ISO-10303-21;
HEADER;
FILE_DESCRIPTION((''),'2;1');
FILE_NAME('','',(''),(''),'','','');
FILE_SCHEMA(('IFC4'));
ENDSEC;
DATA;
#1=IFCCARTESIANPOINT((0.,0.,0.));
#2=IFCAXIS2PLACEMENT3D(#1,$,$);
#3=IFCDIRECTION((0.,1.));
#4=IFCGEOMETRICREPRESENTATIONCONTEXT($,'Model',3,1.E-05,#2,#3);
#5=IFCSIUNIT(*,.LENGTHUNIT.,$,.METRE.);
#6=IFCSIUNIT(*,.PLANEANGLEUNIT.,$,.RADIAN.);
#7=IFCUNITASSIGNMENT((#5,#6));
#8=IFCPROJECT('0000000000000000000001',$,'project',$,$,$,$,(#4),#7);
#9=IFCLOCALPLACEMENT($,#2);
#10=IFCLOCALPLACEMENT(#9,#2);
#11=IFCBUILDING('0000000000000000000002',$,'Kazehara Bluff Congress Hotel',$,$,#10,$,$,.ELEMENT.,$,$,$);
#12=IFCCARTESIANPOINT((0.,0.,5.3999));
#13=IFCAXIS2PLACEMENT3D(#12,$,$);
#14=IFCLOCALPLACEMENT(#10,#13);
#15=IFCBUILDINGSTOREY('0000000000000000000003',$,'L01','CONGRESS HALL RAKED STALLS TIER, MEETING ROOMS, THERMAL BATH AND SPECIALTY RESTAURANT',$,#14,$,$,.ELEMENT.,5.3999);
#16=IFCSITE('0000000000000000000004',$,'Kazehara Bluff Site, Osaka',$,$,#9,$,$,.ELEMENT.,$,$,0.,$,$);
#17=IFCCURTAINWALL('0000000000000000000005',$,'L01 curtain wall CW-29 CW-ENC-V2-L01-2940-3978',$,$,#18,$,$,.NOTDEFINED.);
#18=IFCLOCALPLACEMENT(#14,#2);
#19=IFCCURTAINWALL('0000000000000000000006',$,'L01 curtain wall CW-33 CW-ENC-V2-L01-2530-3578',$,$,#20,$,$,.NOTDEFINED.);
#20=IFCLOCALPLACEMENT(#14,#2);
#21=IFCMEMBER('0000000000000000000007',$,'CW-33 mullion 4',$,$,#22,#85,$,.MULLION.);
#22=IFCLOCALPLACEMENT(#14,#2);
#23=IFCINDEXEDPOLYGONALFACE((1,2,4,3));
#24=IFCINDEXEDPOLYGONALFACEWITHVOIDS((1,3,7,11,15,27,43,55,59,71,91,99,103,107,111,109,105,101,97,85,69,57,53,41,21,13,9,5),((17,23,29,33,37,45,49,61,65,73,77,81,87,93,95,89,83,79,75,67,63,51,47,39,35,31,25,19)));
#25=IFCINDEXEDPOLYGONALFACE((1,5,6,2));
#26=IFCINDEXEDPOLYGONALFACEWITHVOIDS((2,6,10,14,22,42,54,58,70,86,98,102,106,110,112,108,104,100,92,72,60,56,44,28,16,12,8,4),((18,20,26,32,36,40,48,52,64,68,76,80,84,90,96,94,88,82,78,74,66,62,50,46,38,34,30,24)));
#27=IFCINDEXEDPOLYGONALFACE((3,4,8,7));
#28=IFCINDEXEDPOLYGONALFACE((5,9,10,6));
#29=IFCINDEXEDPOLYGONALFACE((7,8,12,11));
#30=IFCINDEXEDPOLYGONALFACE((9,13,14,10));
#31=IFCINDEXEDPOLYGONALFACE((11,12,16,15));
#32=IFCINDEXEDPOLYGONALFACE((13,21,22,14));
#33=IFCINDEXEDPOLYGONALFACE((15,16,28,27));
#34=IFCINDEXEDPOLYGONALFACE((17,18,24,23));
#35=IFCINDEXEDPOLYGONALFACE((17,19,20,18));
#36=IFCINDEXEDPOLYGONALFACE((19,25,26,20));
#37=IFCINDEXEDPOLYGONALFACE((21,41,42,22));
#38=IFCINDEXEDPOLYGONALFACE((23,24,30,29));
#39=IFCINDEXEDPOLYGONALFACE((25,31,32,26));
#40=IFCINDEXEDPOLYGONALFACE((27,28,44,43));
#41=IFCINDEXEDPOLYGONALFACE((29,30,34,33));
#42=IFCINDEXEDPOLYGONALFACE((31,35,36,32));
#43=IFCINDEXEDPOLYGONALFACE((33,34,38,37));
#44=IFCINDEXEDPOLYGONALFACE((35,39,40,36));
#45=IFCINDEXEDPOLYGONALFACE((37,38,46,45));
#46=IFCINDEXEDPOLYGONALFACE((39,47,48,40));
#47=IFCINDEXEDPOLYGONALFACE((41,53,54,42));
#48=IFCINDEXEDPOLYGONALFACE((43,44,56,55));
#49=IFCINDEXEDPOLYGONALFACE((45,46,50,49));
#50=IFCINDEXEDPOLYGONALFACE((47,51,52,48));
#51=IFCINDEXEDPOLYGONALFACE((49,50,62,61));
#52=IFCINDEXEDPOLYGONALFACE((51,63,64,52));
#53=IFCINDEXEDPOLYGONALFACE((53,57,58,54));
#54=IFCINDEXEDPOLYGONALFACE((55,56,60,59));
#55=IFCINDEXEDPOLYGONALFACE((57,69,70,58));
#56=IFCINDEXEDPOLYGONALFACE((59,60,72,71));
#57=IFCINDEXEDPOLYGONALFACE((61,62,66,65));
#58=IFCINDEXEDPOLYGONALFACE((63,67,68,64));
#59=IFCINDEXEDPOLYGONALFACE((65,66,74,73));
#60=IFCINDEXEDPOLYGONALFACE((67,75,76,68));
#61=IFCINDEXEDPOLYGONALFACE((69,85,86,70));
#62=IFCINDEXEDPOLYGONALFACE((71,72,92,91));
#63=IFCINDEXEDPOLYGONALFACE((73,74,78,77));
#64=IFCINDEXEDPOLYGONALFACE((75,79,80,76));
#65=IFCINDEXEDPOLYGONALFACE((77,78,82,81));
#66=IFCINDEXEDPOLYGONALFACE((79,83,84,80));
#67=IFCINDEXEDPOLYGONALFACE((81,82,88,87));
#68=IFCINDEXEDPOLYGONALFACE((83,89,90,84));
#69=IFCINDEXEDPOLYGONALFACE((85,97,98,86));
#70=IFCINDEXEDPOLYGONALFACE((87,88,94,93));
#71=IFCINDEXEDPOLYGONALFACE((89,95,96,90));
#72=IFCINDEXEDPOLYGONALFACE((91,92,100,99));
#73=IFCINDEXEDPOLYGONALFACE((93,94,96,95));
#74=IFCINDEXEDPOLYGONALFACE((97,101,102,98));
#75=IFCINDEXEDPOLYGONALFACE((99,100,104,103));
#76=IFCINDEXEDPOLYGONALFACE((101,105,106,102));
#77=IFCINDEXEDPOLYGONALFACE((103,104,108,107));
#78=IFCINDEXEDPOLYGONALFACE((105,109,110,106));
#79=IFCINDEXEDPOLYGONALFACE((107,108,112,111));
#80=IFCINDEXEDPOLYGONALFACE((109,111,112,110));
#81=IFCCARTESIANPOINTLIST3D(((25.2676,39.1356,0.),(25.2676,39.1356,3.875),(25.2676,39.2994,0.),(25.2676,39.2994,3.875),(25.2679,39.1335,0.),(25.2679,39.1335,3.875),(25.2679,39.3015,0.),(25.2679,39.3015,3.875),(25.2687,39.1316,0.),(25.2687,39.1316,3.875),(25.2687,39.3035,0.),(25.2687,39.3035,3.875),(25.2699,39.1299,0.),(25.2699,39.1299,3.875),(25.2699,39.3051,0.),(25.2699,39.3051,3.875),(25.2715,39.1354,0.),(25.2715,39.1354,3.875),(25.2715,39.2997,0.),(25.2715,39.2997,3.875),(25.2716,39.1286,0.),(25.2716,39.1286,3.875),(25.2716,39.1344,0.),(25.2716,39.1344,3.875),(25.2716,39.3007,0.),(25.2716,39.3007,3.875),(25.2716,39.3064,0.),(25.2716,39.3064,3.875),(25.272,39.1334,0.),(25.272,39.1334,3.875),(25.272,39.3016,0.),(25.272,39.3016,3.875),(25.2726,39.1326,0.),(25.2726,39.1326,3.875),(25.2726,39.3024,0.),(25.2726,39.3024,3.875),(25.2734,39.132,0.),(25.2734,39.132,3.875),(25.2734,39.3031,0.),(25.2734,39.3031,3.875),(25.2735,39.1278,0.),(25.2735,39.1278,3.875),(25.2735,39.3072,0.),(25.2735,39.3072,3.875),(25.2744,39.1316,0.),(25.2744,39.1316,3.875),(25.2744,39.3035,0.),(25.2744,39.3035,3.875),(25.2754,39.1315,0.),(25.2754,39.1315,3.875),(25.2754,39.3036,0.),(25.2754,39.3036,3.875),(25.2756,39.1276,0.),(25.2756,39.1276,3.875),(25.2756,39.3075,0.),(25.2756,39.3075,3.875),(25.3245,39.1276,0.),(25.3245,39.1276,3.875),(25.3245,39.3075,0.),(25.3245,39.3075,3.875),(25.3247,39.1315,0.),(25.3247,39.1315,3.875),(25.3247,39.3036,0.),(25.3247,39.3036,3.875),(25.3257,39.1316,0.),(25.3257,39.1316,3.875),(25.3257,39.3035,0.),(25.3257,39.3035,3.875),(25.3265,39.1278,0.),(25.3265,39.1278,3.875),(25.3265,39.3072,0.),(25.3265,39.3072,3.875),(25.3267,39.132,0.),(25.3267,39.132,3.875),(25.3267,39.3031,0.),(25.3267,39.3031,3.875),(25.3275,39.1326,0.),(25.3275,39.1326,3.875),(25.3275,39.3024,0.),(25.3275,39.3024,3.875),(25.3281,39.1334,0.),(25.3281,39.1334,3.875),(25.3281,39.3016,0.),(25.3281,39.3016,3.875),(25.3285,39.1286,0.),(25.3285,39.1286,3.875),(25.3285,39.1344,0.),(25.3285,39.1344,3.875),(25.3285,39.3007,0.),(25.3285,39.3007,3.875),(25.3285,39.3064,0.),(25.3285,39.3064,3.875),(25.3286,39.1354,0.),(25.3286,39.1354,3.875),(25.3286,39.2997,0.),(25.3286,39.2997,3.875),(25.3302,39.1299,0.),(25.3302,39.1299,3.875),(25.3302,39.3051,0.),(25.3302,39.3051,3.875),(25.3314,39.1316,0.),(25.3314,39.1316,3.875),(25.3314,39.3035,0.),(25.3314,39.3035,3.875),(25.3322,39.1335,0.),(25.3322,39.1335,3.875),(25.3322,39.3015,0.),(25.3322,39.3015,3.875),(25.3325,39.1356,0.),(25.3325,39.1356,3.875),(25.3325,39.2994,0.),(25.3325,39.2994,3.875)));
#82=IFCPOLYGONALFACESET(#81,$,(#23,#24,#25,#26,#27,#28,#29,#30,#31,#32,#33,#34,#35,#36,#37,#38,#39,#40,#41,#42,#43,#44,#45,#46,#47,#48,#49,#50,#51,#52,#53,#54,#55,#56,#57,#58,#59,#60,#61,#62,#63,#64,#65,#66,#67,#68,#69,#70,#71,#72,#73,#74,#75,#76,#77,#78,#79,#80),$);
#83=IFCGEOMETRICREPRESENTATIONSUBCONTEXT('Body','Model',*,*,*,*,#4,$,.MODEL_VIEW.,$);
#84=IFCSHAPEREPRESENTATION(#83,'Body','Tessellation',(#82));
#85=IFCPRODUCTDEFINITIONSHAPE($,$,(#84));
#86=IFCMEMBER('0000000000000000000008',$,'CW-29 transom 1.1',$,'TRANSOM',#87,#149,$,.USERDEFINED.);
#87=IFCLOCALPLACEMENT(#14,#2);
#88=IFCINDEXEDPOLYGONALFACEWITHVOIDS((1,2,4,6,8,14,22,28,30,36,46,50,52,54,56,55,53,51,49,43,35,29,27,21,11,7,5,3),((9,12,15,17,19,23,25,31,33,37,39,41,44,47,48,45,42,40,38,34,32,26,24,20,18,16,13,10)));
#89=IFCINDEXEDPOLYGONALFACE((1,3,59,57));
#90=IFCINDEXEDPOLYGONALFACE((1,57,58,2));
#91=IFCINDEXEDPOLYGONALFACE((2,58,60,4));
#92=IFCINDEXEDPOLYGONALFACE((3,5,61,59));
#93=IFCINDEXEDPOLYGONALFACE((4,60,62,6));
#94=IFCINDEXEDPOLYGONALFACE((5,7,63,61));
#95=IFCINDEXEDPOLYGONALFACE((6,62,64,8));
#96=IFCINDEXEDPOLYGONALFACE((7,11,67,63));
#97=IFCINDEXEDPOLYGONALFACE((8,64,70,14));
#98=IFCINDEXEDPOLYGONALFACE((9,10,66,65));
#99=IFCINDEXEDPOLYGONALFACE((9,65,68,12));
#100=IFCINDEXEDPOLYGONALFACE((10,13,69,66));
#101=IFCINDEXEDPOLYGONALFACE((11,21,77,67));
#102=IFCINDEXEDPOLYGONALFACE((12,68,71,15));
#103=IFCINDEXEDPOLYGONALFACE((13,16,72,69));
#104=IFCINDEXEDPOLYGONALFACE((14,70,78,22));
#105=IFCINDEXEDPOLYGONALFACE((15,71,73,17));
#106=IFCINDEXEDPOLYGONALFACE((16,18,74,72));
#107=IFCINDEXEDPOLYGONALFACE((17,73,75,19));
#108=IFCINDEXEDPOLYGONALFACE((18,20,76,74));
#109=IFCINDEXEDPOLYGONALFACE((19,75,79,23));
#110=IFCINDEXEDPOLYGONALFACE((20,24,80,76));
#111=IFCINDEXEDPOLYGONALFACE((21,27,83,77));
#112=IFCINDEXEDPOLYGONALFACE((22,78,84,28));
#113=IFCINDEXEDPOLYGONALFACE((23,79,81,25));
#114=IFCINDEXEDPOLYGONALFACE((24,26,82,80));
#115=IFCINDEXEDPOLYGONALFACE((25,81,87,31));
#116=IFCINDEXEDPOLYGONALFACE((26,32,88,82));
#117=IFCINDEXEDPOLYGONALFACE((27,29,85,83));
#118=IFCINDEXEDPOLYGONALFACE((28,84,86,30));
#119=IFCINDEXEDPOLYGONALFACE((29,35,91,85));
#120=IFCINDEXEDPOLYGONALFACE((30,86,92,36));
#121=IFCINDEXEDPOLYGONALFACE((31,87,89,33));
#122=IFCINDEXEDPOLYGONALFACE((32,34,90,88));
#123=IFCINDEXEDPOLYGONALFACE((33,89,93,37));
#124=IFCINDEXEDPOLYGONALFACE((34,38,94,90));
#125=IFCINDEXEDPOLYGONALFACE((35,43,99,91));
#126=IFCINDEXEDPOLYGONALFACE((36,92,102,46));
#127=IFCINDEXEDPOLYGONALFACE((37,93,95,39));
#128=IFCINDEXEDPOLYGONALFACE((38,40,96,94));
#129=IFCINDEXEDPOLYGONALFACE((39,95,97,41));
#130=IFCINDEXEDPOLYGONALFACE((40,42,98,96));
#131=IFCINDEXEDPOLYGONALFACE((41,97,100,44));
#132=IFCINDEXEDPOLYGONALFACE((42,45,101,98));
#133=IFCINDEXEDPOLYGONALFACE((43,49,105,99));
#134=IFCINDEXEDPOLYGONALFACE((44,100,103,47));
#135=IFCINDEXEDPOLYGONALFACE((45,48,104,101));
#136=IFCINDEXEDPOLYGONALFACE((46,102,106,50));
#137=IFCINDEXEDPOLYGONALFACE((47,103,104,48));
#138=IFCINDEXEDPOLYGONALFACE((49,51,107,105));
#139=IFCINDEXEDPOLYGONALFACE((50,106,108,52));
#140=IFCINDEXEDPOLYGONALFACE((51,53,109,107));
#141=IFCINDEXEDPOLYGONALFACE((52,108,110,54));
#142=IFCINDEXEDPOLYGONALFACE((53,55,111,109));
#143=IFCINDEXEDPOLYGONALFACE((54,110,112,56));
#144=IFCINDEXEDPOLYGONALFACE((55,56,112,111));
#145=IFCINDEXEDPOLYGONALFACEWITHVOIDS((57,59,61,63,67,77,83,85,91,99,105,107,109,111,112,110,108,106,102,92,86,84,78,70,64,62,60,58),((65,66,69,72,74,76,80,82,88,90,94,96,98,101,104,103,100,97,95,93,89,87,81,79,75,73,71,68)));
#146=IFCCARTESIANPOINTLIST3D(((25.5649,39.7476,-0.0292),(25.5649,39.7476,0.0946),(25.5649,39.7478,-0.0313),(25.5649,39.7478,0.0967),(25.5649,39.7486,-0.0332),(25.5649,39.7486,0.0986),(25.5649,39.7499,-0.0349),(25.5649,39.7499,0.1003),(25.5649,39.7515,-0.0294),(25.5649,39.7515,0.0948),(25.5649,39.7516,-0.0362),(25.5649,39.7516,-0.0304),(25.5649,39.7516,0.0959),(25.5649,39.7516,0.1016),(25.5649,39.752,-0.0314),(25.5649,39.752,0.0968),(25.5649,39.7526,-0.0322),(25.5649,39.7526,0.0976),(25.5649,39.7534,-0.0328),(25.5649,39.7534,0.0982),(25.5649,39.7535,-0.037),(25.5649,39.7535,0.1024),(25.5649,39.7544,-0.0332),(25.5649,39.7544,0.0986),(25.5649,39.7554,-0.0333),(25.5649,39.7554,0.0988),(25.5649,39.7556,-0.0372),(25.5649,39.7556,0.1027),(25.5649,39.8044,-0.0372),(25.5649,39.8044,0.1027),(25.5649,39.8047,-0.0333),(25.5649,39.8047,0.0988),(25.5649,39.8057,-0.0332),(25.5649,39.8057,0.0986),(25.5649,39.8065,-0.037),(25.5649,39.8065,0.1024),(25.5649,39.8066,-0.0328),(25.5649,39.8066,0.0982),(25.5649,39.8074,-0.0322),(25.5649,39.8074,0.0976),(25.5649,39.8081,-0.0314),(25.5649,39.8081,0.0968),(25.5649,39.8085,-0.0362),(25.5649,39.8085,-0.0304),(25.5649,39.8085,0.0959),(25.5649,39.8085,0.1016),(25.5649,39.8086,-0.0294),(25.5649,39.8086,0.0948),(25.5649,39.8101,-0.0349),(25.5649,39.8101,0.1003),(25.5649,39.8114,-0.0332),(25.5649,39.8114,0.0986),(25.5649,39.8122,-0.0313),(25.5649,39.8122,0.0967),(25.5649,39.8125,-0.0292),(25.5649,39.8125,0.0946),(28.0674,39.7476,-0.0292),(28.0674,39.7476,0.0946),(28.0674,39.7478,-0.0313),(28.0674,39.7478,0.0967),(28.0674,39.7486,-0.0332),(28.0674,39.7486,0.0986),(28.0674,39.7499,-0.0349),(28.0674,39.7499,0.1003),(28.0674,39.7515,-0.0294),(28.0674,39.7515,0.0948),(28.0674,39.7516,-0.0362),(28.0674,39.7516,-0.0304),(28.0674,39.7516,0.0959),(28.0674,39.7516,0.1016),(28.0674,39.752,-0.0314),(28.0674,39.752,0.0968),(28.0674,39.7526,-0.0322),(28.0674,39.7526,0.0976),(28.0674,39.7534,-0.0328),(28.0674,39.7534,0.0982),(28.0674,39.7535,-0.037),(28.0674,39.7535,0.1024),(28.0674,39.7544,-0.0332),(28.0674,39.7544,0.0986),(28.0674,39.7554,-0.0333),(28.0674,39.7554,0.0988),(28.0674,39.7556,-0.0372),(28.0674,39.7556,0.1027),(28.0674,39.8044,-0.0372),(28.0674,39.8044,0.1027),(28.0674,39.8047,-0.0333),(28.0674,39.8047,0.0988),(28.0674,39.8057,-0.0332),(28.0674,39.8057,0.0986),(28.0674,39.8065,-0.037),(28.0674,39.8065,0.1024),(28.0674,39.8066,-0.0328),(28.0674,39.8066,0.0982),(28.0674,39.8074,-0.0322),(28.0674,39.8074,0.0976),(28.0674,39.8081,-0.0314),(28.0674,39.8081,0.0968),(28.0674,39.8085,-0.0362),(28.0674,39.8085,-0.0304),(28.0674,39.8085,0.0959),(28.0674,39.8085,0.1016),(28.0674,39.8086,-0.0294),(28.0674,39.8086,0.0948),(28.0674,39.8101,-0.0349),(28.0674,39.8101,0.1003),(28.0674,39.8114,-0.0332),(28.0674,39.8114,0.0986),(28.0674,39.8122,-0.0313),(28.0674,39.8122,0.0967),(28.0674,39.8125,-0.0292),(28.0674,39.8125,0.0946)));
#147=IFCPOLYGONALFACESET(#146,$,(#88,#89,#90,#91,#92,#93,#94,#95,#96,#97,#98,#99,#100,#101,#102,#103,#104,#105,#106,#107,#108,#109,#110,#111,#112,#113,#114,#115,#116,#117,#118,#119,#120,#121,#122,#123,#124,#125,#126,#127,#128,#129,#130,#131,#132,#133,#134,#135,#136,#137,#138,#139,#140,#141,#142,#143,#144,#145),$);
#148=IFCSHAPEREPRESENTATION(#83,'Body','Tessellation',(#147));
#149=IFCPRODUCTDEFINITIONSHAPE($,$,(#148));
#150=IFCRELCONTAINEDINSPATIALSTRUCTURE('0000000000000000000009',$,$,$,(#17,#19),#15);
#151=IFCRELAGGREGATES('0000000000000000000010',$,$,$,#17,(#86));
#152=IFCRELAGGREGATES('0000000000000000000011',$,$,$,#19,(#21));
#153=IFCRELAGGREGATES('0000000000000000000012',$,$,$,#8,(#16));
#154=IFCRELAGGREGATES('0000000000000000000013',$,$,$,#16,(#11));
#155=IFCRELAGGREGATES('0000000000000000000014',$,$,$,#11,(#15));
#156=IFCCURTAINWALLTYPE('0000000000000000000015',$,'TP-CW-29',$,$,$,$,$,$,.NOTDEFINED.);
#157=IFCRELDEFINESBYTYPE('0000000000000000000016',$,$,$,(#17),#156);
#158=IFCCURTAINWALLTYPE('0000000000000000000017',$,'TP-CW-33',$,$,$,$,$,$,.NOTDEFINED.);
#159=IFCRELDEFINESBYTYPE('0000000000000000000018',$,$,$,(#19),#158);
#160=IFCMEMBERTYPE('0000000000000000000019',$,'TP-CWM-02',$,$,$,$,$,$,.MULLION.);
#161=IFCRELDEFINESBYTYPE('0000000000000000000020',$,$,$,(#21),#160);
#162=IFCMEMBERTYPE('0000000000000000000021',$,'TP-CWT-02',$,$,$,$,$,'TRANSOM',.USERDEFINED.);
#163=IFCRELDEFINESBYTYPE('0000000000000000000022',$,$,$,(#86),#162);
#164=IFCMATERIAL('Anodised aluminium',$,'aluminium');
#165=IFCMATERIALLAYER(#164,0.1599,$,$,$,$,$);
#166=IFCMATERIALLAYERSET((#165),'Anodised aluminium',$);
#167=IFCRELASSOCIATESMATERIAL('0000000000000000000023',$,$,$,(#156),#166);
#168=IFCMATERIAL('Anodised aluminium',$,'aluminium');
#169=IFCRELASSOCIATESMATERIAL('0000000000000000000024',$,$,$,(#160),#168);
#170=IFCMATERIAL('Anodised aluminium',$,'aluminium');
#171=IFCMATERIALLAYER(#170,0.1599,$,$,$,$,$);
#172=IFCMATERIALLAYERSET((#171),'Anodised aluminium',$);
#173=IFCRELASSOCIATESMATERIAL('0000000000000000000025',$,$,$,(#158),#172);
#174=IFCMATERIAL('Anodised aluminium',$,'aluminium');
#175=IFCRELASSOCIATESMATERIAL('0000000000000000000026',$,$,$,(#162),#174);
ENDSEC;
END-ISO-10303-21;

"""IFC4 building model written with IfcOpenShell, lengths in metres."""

from ifc_helpers import new_model, si_unit, direction, frame, origin, origin_2d, place, context, subcontext, project, spatial, hollow_rectangle, extrude, material, layer, layer_set, material_profile, profile_set, type_object, element, aggregate, save


model = new_model("IFC4")

# Units and contexts
model_context = context("Model", 3, precision=1e-05, world=origin(), true_north=direction((0.0, 1.0)))
body_context = subcontext(model_context, "Body", "Model", "MODEL_VIEW")
ifc_project = project(units=[si_unit("LENGTHUNIT", "METRE"), si_unit("PLANEANGLEUNIT", "RADIAN")], contexts=[model_context])

# Site, building, storey
site_placement = place(None, origin())
site = spatial("IfcSite", under=ifc_project, at=site_placement, Name="Kazehara Bluff Site, Osaka", CompositionType="ELEMENT", RefElevation=0.0)
building_placement = place(site_placement, origin())
building = spatial("IfcBuilding", under=site, at=building_placement, Name="Kazehara Bluff Congress Hotel", CompositionType="ELEMENT")
storey_placement = place(building_placement, frame((0.0, 0.0, 5.3999)))
storey = spatial("IfcBuildingStorey", under=building, at=storey_placement, Name="L01", Description="CONGRESS HALL RAKED STALLS TIER, MEETING ROOMS, THERMAL BATH AND SPECIALTY RESTAURANT", CompositionType="ELEMENT", Elevation=5.3999)

# Curtain wall
ifc_material_1 = material(Name="Anodised aluminium", Category="aluminium")
ifc_layer_1 = layer(ifc_material_1, 0.1599)
ifc_layer_set_1 = layer_set([ifc_layer_1], Name="Anodised aluminium")
curtain_wall_type_1 = type_object("IfcCurtainWallType", Name="TP-CW-29", PredefinedType="NOTDEFINED", material=ifc_layer_set_1)
curtain_wall_1_placement = place(storey_placement, origin())
curtain_wall_1 = element("IfcCurtainWall", 1, at=curtain_wall_1_placement, inside=storey, type_object=curtain_wall_type_1, Name="L01 curtain wall CW-29 CW-ENC-V2-L01-2940-3978", PredefinedType="NOTDEFINED")
ifc_material_2 = material(Name="Anodised aluminium", Category="aluminium")
ifc_material_profile_1 = material_profile(ifc_material_2, hollow_rectangle(XDim=0.0649, YDim=0.1799, WallThickness=0.0039, InnerFilletRadius=0.0039, OuterFilletRadius=0.0081, at=origin_2d()))
ifc_profile_set_1 = profile_set([ifc_material_profile_1], Name="Anodised aluminium")
member_type_1 = type_object("IfcMemberType", Name="TP-CWM-02", PredefinedType="MULLION", material=ifc_profile_set_1)

# Curtain wall, member
ifc_material_3 = material(Name="Anodised aluminium", Category="aluminium")
ifc_layer_2 = layer(ifc_material_3, 0.1599)
ifc_layer_set_2 = layer_set([ifc_layer_2], Name="Anodised aluminium")
curtain_wall_type_2 = type_object("IfcCurtainWallType", Name="TP-CW-33", PredefinedType="NOTDEFINED", material=ifc_layer_set_2)
curtain_wall_2_placement = place(storey_placement, origin())
curtain_wall_2 = element("IfcCurtainWall", 2, at=curtain_wall_2_placement, inside=storey, type_object=curtain_wall_type_2, Name="L01 curtain wall CW-33 CW-ENC-V2-L01-2530-3578", PredefinedType="NOTDEFINED")
member_1_placement = place(storey_placement, frame((25.3, 39.2175, 0.0), z_axis=(0.0, 0.0, 1.0), x_axis=(-1.0, 0.0, 0.0)))
member_1 = element("IfcMember", 3, at=member_1_placement, type_object=member_type_1, Name="CW-33 mullion 4", PredefinedType="MULLION", context=body_context, shape_type="SweptSolid", body=[
    extrude(hollow_rectangle(XDim=0.0649, YDim=0.1799, WallThickness=0.0039, InnerFilletRadius=0.0039, OuterFilletRadius=0.0081, at=origin_2d()), origin(), (0.0, 0.0, 1.0), 3.875),
])

# Member
ifc_material_4 = material(Name="Anodised aluminium", Category="aluminium")
ifc_material_profile_2 = material_profile(ifc_material_4, hollow_rectangle(XDim=0.0649, YDim=0.1399, WallThickness=0.0039, InnerFilletRadius=0.0039, OuterFilletRadius=0.0081, at=origin_2d()))
ifc_profile_set_2 = profile_set([ifc_material_profile_2], Name="Anodised aluminium")
member_type_2 = type_object("IfcMemberType", Name="TP-CWT-02", ElementType="TRANSOM", PredefinedType="USERDEFINED", material=ifc_profile_set_2)
member_2_placement = place(storey_placement, frame((25.5649, 39.78, 0.0327), z_axis=(1.0, 0.0, 0.0), x_axis=(0.0, 1.0, 0.0)))
member_2 = element("IfcMember", 4, at=member_2_placement, type_object=member_type_2, Name="CW-29 transom 1.1", ObjectType="TRANSOM", PredefinedType="USERDEFINED", context=body_context, shape_type="SweptSolid", body=[
    extrude(hollow_rectangle(XDim=0.0649, YDim=0.1399, WallThickness=0.0039, InnerFilletRadius=0.0039, OuterFilletRadius=0.0081, at=origin_2d()), origin(), (0.0, 0.0, 1.0), 2.5024),
])

aggregate(curtain_wall_1, [member_2])
aggregate(curtain_wall_2, [member_1])

save(model, "model.ifc")
